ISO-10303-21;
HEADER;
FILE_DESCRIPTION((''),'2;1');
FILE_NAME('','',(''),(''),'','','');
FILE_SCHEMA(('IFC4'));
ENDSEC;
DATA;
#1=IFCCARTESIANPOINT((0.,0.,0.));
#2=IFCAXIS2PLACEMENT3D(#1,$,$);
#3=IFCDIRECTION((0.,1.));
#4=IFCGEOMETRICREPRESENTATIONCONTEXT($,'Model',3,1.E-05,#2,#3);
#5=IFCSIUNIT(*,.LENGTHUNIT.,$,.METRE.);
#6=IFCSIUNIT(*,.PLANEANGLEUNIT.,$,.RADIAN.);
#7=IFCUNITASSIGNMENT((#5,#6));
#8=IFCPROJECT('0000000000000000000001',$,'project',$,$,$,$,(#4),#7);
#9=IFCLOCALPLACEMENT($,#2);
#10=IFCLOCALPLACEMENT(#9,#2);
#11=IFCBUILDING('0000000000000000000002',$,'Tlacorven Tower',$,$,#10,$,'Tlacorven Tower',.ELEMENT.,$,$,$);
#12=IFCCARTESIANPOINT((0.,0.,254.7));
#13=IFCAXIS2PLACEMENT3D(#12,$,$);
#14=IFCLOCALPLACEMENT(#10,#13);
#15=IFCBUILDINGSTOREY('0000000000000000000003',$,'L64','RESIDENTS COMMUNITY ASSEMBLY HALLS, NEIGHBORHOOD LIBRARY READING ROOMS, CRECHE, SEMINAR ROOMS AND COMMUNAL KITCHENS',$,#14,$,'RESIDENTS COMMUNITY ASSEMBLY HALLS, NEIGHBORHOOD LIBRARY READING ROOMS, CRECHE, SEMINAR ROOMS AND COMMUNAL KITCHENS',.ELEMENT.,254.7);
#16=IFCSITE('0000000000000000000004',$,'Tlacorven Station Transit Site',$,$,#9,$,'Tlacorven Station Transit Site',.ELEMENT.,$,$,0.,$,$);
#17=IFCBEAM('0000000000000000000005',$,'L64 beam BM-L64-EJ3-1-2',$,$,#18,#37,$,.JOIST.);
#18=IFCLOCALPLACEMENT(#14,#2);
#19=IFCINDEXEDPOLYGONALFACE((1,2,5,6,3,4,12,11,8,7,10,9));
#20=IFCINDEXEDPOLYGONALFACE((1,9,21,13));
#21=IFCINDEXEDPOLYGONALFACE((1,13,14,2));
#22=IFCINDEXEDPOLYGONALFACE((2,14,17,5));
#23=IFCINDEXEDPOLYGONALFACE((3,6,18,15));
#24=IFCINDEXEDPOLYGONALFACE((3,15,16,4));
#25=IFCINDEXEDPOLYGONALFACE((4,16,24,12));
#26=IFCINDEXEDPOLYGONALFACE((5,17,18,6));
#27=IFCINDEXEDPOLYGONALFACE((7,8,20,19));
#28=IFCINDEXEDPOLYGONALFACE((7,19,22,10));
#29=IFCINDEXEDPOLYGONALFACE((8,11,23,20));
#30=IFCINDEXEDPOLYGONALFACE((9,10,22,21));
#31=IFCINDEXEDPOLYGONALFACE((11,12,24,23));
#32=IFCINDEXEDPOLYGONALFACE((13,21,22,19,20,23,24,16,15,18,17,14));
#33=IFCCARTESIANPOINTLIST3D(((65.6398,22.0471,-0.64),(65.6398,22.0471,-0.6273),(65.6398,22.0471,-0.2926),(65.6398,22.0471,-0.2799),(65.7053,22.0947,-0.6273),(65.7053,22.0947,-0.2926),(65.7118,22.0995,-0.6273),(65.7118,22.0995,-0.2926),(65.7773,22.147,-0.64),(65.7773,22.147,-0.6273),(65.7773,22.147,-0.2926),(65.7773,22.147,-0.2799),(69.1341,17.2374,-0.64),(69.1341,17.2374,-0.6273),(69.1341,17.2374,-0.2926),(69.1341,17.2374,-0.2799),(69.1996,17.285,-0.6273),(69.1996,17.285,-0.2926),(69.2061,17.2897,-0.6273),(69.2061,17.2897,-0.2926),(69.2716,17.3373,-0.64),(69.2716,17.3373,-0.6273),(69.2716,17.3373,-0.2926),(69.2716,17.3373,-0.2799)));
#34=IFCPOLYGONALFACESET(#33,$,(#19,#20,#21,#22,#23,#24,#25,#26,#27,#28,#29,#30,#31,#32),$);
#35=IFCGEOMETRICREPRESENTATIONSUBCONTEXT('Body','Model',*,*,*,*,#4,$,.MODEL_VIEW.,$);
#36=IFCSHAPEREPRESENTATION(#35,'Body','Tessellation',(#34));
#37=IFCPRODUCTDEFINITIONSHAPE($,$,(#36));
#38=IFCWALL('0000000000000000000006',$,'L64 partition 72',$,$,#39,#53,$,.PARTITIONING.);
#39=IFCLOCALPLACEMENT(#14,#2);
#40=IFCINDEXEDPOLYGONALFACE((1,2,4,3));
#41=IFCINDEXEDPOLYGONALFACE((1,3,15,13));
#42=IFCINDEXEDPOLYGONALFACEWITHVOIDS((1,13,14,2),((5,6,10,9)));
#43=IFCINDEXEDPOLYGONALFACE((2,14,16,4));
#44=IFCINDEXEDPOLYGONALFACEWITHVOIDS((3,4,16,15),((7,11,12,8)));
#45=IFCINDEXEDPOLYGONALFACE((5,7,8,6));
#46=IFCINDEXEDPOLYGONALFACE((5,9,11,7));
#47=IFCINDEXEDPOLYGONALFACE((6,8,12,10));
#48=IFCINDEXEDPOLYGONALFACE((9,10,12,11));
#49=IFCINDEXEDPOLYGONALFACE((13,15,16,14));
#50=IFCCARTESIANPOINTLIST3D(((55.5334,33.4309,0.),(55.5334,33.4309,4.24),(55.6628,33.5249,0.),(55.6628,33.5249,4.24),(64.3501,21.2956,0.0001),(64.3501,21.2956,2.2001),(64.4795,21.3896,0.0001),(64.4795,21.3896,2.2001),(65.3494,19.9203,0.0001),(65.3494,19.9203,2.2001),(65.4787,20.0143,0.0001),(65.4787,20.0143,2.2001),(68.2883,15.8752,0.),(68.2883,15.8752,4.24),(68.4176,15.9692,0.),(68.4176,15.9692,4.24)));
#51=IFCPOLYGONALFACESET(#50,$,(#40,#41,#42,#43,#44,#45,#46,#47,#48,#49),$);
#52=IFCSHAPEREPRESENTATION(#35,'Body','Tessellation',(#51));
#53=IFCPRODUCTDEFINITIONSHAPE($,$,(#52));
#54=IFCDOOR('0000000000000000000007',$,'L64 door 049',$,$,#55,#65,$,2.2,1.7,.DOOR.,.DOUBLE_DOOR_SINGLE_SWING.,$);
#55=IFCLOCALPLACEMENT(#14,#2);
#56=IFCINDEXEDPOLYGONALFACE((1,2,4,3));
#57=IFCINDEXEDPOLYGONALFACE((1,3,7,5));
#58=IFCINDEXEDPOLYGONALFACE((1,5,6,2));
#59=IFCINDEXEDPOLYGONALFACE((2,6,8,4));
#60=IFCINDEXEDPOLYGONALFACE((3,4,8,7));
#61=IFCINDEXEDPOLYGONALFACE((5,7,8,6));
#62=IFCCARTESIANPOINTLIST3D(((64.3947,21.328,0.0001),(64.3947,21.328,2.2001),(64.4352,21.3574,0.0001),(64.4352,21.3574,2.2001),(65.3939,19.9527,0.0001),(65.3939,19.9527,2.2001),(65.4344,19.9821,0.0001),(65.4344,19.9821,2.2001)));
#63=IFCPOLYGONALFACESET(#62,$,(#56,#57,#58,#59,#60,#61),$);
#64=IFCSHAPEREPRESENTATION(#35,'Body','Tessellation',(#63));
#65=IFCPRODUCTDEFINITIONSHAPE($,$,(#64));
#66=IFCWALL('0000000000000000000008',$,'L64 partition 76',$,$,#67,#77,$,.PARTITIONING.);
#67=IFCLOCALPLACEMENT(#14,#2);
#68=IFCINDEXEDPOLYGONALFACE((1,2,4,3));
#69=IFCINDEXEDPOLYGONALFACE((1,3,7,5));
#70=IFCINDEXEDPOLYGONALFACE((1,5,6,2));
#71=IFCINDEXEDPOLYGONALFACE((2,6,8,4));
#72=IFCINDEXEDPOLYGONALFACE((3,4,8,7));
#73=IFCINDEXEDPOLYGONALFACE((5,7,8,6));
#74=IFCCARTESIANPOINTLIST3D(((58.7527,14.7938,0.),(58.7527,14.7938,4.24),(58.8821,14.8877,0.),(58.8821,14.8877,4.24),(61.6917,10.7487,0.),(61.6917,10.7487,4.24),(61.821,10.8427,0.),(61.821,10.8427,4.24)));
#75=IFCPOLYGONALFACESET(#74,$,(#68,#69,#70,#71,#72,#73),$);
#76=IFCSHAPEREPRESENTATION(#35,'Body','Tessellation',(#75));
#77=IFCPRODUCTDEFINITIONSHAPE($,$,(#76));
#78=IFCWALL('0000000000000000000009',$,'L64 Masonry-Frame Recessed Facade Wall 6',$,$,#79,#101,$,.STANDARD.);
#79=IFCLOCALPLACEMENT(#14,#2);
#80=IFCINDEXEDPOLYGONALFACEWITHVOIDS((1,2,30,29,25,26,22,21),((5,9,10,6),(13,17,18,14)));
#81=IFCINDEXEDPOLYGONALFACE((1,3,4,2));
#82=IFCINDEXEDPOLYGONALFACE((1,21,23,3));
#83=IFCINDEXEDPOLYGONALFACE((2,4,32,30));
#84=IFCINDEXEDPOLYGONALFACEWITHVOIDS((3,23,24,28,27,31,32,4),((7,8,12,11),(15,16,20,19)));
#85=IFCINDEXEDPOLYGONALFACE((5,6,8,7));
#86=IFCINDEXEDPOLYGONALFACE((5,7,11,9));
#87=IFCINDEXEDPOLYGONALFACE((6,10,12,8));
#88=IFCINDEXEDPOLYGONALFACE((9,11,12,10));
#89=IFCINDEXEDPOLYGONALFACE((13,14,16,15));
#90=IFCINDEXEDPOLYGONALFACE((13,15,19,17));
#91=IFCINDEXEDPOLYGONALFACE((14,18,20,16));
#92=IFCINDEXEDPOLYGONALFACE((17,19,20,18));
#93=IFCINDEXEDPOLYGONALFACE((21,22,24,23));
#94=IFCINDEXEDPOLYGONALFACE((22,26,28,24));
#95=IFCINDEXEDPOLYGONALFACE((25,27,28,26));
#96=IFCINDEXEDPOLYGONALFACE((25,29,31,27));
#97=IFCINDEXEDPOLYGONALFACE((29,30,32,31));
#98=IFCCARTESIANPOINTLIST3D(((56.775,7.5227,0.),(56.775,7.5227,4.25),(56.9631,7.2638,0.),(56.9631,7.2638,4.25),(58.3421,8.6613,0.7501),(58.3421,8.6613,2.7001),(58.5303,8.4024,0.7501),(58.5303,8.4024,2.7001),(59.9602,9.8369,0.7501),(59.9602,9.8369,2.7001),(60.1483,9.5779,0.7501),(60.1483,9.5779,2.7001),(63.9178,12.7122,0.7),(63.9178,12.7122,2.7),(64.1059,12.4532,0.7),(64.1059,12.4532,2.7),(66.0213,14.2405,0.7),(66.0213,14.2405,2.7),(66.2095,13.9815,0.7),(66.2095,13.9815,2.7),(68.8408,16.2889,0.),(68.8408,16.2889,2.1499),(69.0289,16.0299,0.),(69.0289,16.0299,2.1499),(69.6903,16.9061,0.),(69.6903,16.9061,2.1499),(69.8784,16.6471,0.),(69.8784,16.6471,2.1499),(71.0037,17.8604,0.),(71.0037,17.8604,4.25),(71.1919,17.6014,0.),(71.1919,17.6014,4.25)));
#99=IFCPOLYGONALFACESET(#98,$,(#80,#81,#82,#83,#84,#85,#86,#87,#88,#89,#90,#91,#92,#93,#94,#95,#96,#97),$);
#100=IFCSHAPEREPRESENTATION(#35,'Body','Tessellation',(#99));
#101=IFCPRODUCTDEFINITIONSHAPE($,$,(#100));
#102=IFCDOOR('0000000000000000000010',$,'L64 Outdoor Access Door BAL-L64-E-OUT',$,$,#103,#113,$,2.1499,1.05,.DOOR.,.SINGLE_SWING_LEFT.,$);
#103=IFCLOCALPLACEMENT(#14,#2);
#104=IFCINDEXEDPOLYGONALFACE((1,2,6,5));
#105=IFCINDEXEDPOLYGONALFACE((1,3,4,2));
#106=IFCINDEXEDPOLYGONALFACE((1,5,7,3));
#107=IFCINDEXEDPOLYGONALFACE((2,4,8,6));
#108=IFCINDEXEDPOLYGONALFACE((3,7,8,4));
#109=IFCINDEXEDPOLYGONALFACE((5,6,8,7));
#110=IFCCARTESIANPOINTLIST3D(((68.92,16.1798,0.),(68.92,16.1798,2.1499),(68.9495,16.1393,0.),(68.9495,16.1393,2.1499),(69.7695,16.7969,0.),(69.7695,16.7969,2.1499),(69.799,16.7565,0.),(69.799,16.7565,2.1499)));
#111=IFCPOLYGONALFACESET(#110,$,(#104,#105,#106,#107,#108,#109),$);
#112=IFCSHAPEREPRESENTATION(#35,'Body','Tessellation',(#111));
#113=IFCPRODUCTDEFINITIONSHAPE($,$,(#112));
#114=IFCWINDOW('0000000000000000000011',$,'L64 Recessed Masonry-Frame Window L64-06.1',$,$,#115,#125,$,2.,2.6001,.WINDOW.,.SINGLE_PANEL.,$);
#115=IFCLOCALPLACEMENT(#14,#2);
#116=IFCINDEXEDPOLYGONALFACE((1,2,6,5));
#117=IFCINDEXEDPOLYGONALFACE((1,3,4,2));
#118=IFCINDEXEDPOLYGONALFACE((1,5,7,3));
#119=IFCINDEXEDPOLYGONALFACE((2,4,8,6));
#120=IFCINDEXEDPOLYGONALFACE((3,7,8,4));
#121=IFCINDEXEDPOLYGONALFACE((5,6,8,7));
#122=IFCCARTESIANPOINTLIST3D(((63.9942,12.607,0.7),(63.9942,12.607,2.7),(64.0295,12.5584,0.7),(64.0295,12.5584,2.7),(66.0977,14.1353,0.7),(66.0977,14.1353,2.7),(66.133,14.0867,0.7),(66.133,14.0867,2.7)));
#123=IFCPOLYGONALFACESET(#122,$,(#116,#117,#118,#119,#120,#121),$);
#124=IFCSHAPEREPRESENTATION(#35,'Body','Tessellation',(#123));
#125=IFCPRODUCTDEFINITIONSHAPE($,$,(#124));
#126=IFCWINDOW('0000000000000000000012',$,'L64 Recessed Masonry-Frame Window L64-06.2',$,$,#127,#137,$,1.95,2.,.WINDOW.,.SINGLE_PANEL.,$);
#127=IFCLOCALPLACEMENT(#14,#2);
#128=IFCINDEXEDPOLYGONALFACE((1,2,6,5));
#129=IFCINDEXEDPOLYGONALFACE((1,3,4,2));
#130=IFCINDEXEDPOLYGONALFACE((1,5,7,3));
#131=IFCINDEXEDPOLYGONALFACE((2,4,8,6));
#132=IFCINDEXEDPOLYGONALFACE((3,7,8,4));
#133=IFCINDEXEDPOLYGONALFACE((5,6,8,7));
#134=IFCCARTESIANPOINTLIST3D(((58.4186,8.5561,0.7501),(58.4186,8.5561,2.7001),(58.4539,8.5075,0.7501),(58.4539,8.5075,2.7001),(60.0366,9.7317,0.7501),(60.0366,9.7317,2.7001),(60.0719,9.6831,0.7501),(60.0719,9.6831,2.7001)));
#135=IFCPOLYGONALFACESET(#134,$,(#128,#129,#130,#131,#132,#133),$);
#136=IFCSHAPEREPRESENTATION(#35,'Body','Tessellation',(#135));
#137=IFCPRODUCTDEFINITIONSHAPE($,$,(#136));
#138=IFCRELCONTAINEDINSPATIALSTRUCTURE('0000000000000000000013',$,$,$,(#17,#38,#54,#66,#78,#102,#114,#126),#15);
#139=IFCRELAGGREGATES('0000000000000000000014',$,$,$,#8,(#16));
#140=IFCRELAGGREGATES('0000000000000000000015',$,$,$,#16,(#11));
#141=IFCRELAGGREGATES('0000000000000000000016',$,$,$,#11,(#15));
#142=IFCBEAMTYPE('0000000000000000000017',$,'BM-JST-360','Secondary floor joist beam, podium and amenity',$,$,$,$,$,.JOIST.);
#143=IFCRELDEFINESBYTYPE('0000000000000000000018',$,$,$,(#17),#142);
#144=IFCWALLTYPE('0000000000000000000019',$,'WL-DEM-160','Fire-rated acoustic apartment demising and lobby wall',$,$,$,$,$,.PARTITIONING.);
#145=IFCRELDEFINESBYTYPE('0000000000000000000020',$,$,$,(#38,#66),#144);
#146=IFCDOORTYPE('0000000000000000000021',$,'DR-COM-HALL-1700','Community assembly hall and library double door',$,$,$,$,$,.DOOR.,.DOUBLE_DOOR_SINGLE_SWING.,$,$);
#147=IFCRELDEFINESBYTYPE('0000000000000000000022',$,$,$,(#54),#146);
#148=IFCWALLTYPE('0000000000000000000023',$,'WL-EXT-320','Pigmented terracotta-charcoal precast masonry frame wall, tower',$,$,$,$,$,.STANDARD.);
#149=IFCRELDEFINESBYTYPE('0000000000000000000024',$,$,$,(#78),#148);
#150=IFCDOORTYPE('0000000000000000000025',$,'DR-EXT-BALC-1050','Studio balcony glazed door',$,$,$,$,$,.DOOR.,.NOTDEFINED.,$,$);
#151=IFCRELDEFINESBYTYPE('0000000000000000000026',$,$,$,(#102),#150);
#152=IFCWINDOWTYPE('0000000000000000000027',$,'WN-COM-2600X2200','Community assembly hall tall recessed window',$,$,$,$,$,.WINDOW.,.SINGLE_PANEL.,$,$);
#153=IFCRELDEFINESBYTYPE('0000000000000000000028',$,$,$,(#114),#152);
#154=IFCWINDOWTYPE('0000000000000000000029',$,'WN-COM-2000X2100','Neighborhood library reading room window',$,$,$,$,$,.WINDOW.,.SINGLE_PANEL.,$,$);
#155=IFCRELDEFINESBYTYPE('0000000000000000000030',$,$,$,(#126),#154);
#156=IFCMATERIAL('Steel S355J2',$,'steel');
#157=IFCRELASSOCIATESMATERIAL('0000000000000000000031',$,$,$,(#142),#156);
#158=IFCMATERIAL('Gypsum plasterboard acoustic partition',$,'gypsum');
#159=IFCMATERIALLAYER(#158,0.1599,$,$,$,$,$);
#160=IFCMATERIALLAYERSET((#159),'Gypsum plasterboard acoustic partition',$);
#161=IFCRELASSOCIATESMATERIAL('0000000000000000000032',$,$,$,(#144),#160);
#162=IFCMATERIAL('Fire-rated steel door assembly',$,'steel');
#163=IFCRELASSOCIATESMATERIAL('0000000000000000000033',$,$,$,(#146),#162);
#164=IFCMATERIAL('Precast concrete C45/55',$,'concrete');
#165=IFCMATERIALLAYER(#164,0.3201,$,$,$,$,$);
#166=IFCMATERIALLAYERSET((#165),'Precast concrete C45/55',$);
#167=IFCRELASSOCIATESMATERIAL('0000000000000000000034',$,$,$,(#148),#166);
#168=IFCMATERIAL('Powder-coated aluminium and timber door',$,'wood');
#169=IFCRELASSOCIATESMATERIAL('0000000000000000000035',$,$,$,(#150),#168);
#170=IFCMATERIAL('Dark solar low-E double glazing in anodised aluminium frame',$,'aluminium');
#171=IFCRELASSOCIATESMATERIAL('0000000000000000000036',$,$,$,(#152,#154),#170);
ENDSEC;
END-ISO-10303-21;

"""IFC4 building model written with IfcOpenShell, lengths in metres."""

from ifc_helpers import new_model, si_unit, direction, frame, frame_2d, origin, origin_2d, place, context, subcontext, project, spatial, rectangle, i_section, extrude, source, transform, mapped, material, layer, layer_set, material_profile, profile_set, type_object, element, fill, save


model = new_model("IFC4")

# Units and contexts
model_context = context("Model", 3, precision=1e-05, world=origin(), true_north=direction((0.0, 1.0)))
body_context = subcontext(model_context, "Body", "Model", "MODEL_VIEW")
ifc_project = project(units=[si_unit("LENGTHUNIT", "METRE"), si_unit("PLANEANGLEUNIT", "RADIAN")], contexts=[model_context])

# Site, building, storey
site_placement = place(None, origin())
site = spatial("IfcSite", under=ifc_project, at=site_placement, Name="Tlacorven Station Transit Site", LongName="Tlacorven Station Transit Site", CompositionType="ELEMENT", RefElevation=0.0)
building_placement = place(site_placement, origin())
building = spatial("IfcBuilding", under=site, at=building_placement, Name="Tlacorven Tower", LongName="Tlacorven Tower", CompositionType="ELEMENT")
storey_placement = place(building_placement, frame((0.0, 0.0, 254.7)))
storey = spatial("IfcBuildingStorey", under=building, at=storey_placement, Name="L64", Description="RESIDENTS COMMUNITY ASSEMBLY HALLS, NEIGHBORHOOD LIBRARY READING ROOMS, CRECHE, SEMINAR ROOMS AND COMMUNAL KITCHENS", LongName="RESIDENTS COMMUNITY ASSEMBLY HALLS, NEIGHBORHOOD LIBRARY READING ROOMS, CRECHE, SEMINAR ROOMS AND COMMUNAL KITCHENS", CompositionType="ELEMENT", Elevation=254.7)

# Shared definitions
ifc_material_1 = material(Name="Steel S355J2", Category="steel")

# Beam
ifc_material_profile_1 = material_profile(ifc_material_1, i_section(OverallWidth=0.1699, OverallDepth=0.3601, WebThickness=0.0081, FlangeThickness=0.0127, at=origin_2d()), Name="IPE 360")
ifc_profile_set_1 = profile_set([ifc_material_profile_1], Name="Steel S355J2")
beam_type_1 = type_object("IfcBeamType", Name="BM-JST-360", Description="Secondary floor joist beam, podium and amenity", PredefinedType="JOIST", material=ifc_profile_set_1)
shared_shape_1 = source(origin(), body_context, "Body", "SweptSolid", [
    extrude(i_section(OverallWidth=0.1699, OverallDepth=0.3601, WebThickness=0.0081, FlangeThickness=0.0127, at=origin_2d()), origin(), (0.0, 0.0, 1.0), 5.9451),
])
for number, where, z_axis, x_axis, name in (
    (1, (69.2029, 17.2874, -0.46), (-0.587769, 0.809029, 0.0), (-0.809029, -0.587769, 0.0), "L64 beam BM-L64-EJ3-1-2"),
):
    element("IfcBeam", number, at=place(storey_placement, frame(where, z_axis=z_axis, x_axis=x_axis)), inside=storey, type_object=beam_type_1, Name=name, PredefinedType="JOIST", context=body_context, shape_type="MappedRepresentation", body=[
        mapped(shared_shape_1, transform((0.0, 0.0, 0.0), scale=1.0)),
    ])

# Wall, opening, door
ifc_material_2 = material(Name="Gypsum plasterboard acoustic partition", Category="gypsum")
ifc_layer_1 = layer(ifc_material_2, 0.1599)
ifc_layer_set_1 = layer_set([ifc_layer_1], Name="Gypsum plasterboard acoustic partition")
wall_type_1 = type_object("IfcWallType", Name="WL-DEM-160", Description="Fire-rated acoustic apartment demising and lobby wall", PredefinedType="PARTITIONING", material=ifc_layer_set_1)
wall_1_placement = place(storey_placement, frame((68.353, 15.9221, 0.0), z_axis=(0.0, 0.0, 1.0), x_axis=(-0.587784, 0.809018, 0.0)))
wall_1 = element("IfcWall", 2, at=wall_1_placement, inside=storey, type_object=wall_type_1, Name="L64 partition 72", PredefinedType="PARTITIONING", context=body_context, shape_type="SweptSolid", body=[
    extrude(rectangle(XDim=21.7, YDim=0.1599, at=frame_2d((10.8501, 0.0))), origin(), (0.0, 0.0, 1.0), 4.24),
])
opening_1_placement = place(wall_1_placement, frame((5.0, 0.0, 0.0)))
opening_1 = element("IfcOpeningElement", 3, at=opening_1_placement, cuts=wall_1, PredefinedType="OPENING", context=body_context, shape_type="SweptSolid", body=[
    extrude(rectangle(XDim=1.7, YDim=2.2, at=frame_2d((0.8501, 1.1001))), frame((0.0, 0.0898, 0.0), z_axis=(0.0, -1.0, 0.0), x_axis=(1.0, 0.0, 0.0)), (0.0, 0.0, 1.0), 0.1799),
])
ifc_material_3 = material(Name="Fire-rated steel door assembly", Category="steel")
door_type_1 = type_object("IfcDoorType", Name="DR-COM-HALL-1700", Description="Community assembly hall and library double door", OperationType="DOUBLE_DOOR_SINGLE_SWING", PredefinedType="DOOR", material=ifc_material_3)
shared_shape_2 = source(origin(), body_context, "Body", "SweptSolid", [
    extrude(rectangle(XDim=1.7, YDim=2.2, at=frame_2d((0.8501, 1.1001))), frame((0.0, 0.0249, 0.0), z_axis=(0.0, -1.0, 0.0), x_axis=(1.0, 0.0, 0.0)), (0.0, 0.0, 1.0), 0.05),
])
door_1_placement = place(opening_1_placement, origin())
door_1 = element("IfcDoor", 4, at=door_1_placement, inside=storey, type_object=door_type_1, Name="L64 door 049", OperationType="DOUBLE_DOOR_SINGLE_SWING", OverallHeight=2.2, OverallWidth=1.7, PredefinedType="DOOR", context=body_context, shape_type="MappedRepresentation", body=[
    mapped(shared_shape_2, transform((0.0, 0.0, 0.0), scale=1.0)),
])
fill(opening_1, door_1)

# Wall
wall_2_placement = place(storey_placement, frame((61.7563, 10.7957, 0.0), z_axis=(0.0, 0.0, 1.0), x_axis=(-0.587783, 0.809019, 0.0)))
element("IfcWall", 5, at=wall_2_placement, inside=storey, type_object=wall_type_1, Name="L64 partition 76", PredefinedType="PARTITIONING", context=body_context, shape_type="SweptSolid", body=[
    extrude(rectangle(XDim=5.0, YDim=0.1599, at=frame_2d((2.5, 0.0))), origin(), (0.0, 0.0, 1.0), 4.24),
])

# Wall, openings, door, windows
ifc_material_4 = material(Name="Precast concrete C45/55", Category="concrete")
ifc_layer_2 = layer(ifc_material_4, 0.3201)
ifc_layer_set_2 = layer_set([ifc_layer_2], Name="Precast concrete C45/55")
wall_type_2 = type_object("IfcWallType", Name="WL-EXT-320", Description="Pigmented terracotta-charcoal precast masonry frame wall, tower", PredefinedType="STANDARD", material=ifc_layer_set_2)
wall_3_placement = place(storey_placement, frame((71.0979, 17.731, 0.0), z_axis=(0.0, 0.0, 1.0), x_axis=(-0.809021, -0.58778, 0.0)))
wall_3 = element("IfcWall", 6, at=wall_3_placement, inside=storey, type_object=wall_type_2, Name="L64 Masonry-Frame Recessed Facade Wall 6", PredefinedType="STANDARD", context=body_context, shape_type="SweptSolid", body=[
    extrude(rectangle(XDim=17.5876, YDim=0.3201, at=frame_2d((8.7939, 0.0))), origin(), (0.0, 0.0, 1.0), 4.25),
])
opening_2_placement = place(wall_3_placement, frame((1.6238, 0.0, 0.0)))
opening_2 = element("IfcOpeningElement", 7, at=opening_2_placement, cuts=wall_3, PredefinedType="OPENING", context=body_context, shape_type="SweptSolid", body=[
    extrude(rectangle(XDim=1.05, YDim=2.1499, at=frame_2d((0.5249, 1.075))), frame((0.0, 0.1699, 0.0), z_axis=(0.0, -1.0, 0.0), x_axis=(1.0, 0.0, 0.0)), (0.0, 0.0, 1.0), 0.3401),
])
opening_3_placement = place(wall_3_placement, frame((6.1587, 0.0, 0.7)))
opening_3 = element("IfcOpeningElement", 8, at=opening_3_placement, cuts=wall_3, PredefinedType="OPENING", context=body_context, shape_type="SweptSolid", body=[
    extrude(rectangle(XDim=2.6001, YDim=2.0, at=frame_2d((1.3, 1.0))), frame((0.0, 0.1699, 0.0), z_axis=(0.0, -1.0, 0.0), x_axis=(1.0, 0.0, 0.0)), (0.0, 0.0, 1.0), 0.3401),
])
opening_4_placement = place(wall_3_placement, frame((13.6506, 0.0, 0.75)))
opening_4 = element("IfcOpeningElement", 9, at=opening_4_placement, cuts=wall_3, PredefinedType="OPENING", context=body_context, shape_type="SweptSolid", body=[
    extrude(rectangle(XDim=2.0, YDim=1.95, at=frame_2d((1.0, 0.9751))), frame((0.0, 0.1699, 0.0), z_axis=(0.0, -1.0, 0.0), x_axis=(1.0, 0.0, 0.0)), (0.0, 0.0, 1.0), 0.3401),
])
ifc_material_5 = material(Name="Powder-coated aluminium and timber door", Category="wood")
door_type_2 = type_object("IfcDoorType", Name="DR-EXT-BALC-1050", Description="Studio balcony glazed door", OperationType="NOTDEFINED", PredefinedType="DOOR", material=ifc_material_5)
shared_shape_3 = source(origin(), body_context, "Body", "SweptSolid", [
    extrude(rectangle(XDim=1.05, YDim=2.1499, at=frame_2d((0.5249, 1.075))), frame((0.0, 0.0249, 0.0), z_axis=(0.0, -1.0, 0.0), x_axis=(1.0, 0.0, 0.0)), (0.0, 0.0, 1.0), 0.05),
])
door_2_placement = place(opening_2_placement, origin())
door_2 = element("IfcDoor", 10, at=door_2_placement, inside=storey, type_object=door_type_2, Name="L64 Outdoor Access Door BAL-L64-E-OUT", OperationType="SINGLE_SWING_LEFT", OverallHeight=2.1499, OverallWidth=1.05, PredefinedType="DOOR", context=body_context, shape_type="MappedRepresentation", body=[
    mapped(shared_shape_3, transform((0.0, 0.0, 0.0), scale=1.0)),
])
fill(opening_2, door_2)
ifc_material_6 = material(Name="Dark solar low-E double glazing in anodised aluminium frame", Category="aluminium")
window_type_1 = type_object("IfcWindowType", Name="WN-COM-2600X2200", Description="Community assembly hall tall recessed window", PartitioningType="SINGLE_PANEL", PredefinedType="WINDOW", material=ifc_material_6)
shared_shape_4 = source(origin(), body_context, "Body", "SweptSolid", [
    extrude(rectangle(XDim=2.6001, YDim=2.0, at=frame_2d((1.3, 1.0))), frame((0.0, 0.03, 0.0), z_axis=(0.0, -1.0, 0.0), x_axis=(1.0, 0.0, 0.0)), (0.0, 0.0, 1.0), 0.0601),
])
window_1_placement = place(opening_3_placement, origin())
window_1 = element("IfcWindow", 11, at=window_1_placement, inside=storey, type_object=window_type_1, Name="L64 Recessed Masonry-Frame Window L64-06.1", OverallHeight=2.0, OverallWidth=2.6001, PartitioningType="SINGLE_PANEL", PredefinedType="WINDOW", context=body_context, shape_type="MappedRepresentation", body=[
    mapped(shared_shape_4, transform((0.0, 0.0, 0.0), scale=1.0)),
])
fill(opening_3, window_1)
window_type_2 = type_object("IfcWindowType", Name="WN-COM-2000X2100", Description="Neighborhood library reading room window", PartitioningType="SINGLE_PANEL", PredefinedType="WINDOW", material=ifc_material_6)
shared_shape_5 = source(origin(), body_context, "Body", "SweptSolid", [
    extrude(rectangle(XDim=2.0, YDim=1.95, at=frame_2d((1.0, 0.9751))), frame((0.0, 0.03, 0.0), z_axis=(0.0, -1.0, 0.0), x_axis=(1.0, 0.0, 0.0)), (0.0, 0.0, 1.0), 0.0601),
])
window_2_placement = place(opening_4_placement, origin())
window_2 = element("IfcWindow", 12, at=window_2_placement, inside=storey, type_object=window_type_2, Name="L64 Recessed Masonry-Frame Window L64-06.2", OverallHeight=1.95, OverallWidth=2.0, PartitioningType="SINGLE_PANEL", PredefinedType="WINDOW", context=body_context, shape_type="MappedRepresentation", body=[
    mapped(shared_shape_5, transform((0.0, 0.0, 0.0), scale=1.0)),
])
fill(opening_4, window_2)

save(model, "model.ifc")
